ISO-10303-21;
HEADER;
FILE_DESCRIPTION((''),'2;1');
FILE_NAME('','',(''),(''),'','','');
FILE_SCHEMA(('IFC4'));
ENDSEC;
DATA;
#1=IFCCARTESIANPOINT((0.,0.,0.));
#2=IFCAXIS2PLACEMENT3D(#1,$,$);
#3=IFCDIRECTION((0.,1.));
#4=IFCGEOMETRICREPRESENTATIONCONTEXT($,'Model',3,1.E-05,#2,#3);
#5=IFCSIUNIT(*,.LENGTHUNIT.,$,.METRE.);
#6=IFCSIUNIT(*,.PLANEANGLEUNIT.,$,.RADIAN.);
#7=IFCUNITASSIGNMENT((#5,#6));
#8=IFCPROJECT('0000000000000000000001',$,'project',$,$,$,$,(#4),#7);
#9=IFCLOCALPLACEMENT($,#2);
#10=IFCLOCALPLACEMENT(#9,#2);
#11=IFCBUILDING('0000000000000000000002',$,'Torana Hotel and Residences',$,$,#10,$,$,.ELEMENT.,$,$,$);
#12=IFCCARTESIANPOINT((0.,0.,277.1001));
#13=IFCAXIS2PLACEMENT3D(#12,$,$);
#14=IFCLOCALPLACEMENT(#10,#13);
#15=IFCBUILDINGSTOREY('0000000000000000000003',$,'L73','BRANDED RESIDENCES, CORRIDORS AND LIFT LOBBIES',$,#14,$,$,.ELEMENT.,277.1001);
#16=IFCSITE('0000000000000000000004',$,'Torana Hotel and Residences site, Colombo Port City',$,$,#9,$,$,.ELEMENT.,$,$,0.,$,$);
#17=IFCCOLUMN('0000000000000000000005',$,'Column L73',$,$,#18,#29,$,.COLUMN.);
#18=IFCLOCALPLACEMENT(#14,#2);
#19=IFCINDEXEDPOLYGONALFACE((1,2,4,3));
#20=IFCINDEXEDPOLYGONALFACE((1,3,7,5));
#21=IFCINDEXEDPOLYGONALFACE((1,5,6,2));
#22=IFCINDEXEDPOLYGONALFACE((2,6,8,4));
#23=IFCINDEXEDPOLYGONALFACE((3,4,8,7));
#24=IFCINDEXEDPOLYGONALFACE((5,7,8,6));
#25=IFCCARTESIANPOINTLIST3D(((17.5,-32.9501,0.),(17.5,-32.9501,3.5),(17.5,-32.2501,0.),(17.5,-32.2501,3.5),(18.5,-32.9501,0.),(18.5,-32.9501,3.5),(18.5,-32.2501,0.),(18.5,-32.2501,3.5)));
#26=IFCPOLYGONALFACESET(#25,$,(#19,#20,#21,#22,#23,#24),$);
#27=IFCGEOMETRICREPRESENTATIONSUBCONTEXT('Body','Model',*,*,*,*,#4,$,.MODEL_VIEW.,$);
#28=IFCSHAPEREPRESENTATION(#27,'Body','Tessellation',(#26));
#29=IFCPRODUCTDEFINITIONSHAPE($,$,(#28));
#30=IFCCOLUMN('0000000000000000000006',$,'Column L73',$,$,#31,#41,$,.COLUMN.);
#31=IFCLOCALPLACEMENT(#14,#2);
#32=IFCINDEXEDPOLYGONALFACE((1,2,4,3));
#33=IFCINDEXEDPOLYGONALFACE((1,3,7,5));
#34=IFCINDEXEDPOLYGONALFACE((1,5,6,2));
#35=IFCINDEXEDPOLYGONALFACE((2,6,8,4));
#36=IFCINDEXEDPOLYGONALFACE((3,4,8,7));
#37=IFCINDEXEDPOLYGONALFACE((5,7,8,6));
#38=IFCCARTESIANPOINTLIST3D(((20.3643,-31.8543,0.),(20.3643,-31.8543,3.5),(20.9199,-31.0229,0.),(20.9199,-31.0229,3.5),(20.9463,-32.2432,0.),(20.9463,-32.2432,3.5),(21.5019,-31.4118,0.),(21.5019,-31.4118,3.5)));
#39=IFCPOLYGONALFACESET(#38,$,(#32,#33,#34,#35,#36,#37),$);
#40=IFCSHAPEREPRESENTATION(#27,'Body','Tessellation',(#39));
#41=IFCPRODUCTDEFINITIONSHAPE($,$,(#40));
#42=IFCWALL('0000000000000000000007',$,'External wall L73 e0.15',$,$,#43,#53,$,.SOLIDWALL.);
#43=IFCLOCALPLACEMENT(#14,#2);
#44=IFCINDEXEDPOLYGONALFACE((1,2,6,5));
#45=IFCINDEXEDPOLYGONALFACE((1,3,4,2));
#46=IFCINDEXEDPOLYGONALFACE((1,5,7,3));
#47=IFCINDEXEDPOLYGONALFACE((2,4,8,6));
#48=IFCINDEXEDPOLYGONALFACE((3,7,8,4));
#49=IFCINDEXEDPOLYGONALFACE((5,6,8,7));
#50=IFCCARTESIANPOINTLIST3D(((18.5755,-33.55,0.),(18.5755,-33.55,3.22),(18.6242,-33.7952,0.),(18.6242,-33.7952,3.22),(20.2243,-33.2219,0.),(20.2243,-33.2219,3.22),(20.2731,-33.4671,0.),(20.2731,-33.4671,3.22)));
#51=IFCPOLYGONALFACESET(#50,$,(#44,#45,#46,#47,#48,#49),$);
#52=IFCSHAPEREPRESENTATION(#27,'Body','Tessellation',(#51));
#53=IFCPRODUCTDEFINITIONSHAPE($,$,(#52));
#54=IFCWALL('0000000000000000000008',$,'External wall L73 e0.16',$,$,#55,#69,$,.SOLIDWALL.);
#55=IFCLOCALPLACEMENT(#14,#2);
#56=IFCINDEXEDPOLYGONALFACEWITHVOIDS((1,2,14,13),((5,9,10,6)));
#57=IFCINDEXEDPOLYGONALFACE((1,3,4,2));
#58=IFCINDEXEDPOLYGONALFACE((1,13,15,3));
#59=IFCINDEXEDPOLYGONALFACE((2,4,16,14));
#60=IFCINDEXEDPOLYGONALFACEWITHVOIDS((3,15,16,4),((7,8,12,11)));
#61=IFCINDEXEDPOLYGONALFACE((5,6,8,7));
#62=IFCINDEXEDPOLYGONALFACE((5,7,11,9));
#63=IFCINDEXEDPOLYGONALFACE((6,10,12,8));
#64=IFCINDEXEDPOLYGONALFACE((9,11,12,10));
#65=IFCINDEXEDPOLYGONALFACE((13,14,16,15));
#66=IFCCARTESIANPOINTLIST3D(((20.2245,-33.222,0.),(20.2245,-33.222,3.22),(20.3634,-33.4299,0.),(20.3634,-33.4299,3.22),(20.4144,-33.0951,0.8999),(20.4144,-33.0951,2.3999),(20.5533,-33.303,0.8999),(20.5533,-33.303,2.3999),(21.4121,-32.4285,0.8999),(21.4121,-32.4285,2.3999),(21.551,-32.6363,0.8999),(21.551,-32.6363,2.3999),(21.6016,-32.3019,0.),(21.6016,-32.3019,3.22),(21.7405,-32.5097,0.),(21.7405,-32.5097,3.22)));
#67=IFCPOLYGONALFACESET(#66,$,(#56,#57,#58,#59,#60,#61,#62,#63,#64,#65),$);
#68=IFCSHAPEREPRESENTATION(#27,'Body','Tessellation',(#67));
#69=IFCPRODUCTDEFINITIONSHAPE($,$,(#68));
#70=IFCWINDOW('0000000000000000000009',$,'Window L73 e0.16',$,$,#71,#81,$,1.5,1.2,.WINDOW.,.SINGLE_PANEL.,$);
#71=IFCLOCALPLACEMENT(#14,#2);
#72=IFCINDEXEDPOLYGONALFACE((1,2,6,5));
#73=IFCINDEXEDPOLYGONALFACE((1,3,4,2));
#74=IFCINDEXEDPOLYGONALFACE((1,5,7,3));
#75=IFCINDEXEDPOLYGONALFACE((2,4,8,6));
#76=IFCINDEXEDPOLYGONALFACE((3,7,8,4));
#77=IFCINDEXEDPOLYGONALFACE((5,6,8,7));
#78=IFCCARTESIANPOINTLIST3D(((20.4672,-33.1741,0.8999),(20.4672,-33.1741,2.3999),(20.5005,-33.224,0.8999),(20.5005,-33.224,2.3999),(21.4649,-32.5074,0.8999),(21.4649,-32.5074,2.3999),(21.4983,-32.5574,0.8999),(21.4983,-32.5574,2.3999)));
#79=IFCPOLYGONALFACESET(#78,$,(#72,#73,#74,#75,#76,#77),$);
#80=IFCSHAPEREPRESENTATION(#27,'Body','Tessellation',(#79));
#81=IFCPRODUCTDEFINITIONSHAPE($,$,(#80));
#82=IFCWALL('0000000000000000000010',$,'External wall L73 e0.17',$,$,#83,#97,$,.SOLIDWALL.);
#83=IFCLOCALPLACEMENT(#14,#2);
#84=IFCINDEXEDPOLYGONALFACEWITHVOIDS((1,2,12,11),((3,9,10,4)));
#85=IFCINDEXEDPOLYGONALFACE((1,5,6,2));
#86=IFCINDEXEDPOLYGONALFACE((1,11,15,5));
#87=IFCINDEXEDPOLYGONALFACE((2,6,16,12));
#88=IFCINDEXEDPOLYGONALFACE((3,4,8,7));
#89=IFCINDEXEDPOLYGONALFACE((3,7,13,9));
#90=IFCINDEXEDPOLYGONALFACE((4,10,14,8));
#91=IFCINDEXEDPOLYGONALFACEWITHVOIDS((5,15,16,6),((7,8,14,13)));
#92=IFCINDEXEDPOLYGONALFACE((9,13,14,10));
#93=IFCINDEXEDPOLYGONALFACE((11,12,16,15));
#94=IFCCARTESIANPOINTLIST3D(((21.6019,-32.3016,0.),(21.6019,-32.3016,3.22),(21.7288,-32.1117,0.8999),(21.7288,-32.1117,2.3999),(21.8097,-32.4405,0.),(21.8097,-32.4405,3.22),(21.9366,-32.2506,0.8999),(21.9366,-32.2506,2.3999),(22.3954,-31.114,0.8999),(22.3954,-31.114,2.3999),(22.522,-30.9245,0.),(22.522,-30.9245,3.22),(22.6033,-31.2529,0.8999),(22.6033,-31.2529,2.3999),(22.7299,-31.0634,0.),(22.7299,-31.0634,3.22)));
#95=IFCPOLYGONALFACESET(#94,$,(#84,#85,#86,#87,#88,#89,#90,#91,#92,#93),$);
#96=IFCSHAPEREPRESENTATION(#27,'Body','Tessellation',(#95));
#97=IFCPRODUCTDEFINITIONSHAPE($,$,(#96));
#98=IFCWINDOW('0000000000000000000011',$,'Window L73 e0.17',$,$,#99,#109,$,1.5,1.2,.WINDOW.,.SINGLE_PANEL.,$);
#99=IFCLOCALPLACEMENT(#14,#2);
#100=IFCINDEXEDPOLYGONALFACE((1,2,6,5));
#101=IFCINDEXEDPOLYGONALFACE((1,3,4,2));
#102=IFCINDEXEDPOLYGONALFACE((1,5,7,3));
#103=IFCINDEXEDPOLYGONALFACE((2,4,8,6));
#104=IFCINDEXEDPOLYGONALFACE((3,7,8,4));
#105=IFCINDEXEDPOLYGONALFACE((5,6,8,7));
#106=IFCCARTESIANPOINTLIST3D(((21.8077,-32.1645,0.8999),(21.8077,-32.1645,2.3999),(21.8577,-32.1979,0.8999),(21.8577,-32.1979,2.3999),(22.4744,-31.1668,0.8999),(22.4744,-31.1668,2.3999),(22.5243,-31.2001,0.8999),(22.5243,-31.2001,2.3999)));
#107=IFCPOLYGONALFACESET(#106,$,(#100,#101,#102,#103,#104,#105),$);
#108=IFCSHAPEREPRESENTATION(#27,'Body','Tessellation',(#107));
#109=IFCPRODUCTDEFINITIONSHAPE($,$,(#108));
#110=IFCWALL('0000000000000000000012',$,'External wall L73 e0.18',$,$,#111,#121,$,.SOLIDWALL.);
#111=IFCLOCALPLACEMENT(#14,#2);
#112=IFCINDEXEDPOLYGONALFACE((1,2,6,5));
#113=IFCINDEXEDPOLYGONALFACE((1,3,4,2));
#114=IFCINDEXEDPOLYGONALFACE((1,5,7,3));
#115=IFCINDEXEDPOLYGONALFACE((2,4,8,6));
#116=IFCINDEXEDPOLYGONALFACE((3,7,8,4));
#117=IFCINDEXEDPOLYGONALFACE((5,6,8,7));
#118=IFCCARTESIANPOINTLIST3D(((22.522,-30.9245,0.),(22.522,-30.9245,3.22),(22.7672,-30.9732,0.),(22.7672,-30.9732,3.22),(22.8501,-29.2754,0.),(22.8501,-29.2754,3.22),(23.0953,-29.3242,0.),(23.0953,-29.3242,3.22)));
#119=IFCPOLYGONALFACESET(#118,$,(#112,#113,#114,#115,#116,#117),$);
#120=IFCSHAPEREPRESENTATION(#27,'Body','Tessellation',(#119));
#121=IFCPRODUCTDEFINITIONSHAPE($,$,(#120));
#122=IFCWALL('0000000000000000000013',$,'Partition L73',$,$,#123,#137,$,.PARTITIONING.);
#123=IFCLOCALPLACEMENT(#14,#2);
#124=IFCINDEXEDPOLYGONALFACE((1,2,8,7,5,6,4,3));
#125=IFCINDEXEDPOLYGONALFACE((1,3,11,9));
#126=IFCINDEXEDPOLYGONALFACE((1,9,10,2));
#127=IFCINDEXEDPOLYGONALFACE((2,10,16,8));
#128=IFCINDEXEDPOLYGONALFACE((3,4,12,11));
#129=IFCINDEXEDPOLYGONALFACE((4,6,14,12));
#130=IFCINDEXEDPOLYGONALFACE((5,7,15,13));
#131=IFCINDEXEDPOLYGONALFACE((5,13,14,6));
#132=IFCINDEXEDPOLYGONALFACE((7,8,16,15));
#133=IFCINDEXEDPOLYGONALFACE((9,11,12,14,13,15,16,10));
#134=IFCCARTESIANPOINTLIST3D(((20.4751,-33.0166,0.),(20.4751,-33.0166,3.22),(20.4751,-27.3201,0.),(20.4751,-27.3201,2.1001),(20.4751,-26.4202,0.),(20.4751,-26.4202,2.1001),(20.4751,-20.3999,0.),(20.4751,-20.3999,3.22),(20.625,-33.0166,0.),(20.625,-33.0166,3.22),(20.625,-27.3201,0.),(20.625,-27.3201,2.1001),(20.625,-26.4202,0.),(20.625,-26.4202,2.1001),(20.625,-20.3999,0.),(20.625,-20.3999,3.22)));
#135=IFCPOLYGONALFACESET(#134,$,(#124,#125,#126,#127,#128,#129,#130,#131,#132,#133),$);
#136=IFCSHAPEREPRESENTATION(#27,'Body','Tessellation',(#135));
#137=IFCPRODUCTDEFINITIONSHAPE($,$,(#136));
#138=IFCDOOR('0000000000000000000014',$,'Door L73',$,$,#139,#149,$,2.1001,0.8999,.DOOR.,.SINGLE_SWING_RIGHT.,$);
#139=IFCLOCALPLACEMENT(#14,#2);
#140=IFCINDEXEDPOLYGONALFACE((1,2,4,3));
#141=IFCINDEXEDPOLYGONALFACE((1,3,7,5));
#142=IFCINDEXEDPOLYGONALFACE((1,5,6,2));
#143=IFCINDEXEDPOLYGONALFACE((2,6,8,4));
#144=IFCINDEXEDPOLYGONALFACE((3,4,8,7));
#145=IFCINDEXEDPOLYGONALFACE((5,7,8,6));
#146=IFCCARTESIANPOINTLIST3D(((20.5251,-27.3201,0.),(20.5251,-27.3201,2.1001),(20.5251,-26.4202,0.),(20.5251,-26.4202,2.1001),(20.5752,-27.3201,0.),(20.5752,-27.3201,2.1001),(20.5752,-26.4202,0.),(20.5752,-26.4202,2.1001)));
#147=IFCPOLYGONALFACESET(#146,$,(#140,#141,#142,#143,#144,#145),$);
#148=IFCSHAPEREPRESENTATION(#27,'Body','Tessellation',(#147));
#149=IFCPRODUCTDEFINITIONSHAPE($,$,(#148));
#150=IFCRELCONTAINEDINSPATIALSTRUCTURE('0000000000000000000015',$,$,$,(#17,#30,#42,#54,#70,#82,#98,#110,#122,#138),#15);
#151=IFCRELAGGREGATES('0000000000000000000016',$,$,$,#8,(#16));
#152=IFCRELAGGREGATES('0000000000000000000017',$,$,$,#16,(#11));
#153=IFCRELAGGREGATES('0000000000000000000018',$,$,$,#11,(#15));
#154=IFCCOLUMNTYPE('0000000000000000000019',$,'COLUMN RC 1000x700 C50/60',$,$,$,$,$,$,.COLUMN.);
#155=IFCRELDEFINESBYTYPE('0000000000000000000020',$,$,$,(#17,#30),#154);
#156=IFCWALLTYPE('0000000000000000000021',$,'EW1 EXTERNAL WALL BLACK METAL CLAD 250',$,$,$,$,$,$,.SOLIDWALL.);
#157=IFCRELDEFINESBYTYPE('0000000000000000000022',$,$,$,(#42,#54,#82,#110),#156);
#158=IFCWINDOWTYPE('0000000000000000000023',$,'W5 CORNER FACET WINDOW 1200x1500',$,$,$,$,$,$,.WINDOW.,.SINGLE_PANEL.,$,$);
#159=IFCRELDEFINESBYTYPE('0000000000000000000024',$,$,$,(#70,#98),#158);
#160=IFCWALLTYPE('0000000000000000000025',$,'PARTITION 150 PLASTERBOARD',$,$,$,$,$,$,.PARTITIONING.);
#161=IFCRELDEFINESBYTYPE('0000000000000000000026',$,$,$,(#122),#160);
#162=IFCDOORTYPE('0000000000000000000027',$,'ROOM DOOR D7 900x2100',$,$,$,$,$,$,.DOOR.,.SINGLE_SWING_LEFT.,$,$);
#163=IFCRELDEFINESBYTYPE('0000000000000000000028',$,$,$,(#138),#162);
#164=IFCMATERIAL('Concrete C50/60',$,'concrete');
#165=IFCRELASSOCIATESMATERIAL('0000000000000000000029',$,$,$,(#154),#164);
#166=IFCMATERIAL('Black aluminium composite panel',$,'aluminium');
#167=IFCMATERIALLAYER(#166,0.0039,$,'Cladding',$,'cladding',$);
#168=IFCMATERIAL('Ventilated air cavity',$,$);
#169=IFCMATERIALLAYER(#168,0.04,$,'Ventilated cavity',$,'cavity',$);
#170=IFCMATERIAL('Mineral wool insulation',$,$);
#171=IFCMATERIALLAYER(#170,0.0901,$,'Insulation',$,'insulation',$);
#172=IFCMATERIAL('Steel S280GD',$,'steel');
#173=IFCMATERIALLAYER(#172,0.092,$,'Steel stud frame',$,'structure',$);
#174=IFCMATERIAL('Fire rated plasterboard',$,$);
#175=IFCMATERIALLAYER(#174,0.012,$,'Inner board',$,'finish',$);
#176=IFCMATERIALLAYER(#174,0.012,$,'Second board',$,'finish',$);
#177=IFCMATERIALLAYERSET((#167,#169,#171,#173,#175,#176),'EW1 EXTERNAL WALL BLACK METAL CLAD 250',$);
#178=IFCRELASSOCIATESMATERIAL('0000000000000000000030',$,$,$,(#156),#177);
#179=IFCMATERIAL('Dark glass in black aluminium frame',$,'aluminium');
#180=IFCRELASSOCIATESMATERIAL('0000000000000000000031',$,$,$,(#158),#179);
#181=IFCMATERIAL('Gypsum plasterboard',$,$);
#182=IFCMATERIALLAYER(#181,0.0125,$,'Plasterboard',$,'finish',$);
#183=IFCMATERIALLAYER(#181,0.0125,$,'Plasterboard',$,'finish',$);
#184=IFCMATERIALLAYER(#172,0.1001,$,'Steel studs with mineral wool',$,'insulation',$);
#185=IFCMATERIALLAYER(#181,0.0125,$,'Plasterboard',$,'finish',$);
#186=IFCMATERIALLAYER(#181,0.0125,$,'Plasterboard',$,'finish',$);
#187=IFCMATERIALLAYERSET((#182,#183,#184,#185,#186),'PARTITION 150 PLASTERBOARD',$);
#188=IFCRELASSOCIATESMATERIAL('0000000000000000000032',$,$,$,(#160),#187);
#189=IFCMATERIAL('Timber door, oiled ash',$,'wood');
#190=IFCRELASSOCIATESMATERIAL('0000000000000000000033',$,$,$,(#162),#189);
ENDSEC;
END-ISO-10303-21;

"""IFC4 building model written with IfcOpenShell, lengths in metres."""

from ifc_helpers import new_model, si_unit, direction, frame, frame_2d, origin, origin_2d, place, context, subcontext, project, spatial, rectangle, extrude, material, layer, layer_set, material_profile, profile_set, type_object, element, fill, save


model = new_model("IFC4")

# Units and contexts
model_context = context("Model", 3, precision=1e-05, world=origin(), true_north=direction((0.0, 1.0)))
body_context = subcontext(model_context, "Body", "Model", "MODEL_VIEW")
ifc_project = project(units=[si_unit("LENGTHUNIT", "METRE"), si_unit("PLANEANGLEUNIT", "RADIAN")], contexts=[model_context])

# Site, building, storey
site_placement = place(None, origin())
site = spatial("IfcSite", under=ifc_project, at=site_placement, Name="Torana Hotel and Residences site, Colombo Port City", CompositionType="ELEMENT", RefElevation=0.0)
building_placement = place(site_placement, origin())
building = spatial("IfcBuilding", under=site, at=building_placement, Name="Torana Hotel and Residences", CompositionType="ELEMENT")
storey_placement = place(building_placement, frame((0.0, 0.0, 277.1001)))
storey = spatial("IfcBuildingStorey", under=building, at=storey_placement, Name="L73", Description="BRANDED RESIDENCES, CORRIDORS AND LIFT LOBBIES", CompositionType="ELEMENT", Elevation=277.1001)

# Columns
ifc_material_1 = material(Name="Concrete C50/60", Category="concrete")
ifc_material_profile = material_profile(ifc_material_1, rectangle(XDim=1.0, YDim=0.7, at=origin_2d()), Name="RC 1000x700")
ifc_profile_set = profile_set([ifc_material_profile], Name="Concrete C50/60")
column_type = type_object("IfcColumnType", Name="COLUMN RC 1000x700 C50/60", PredefinedType="COLUMN", material=ifc_profile_set)
for number, where, z_axis, x_axis, name in (
    (1, (18.0, -32.6001, 0.0), (0.0, 0.0, 1.0), (1.0, 0.0, 0.0), "Column L73"),
    (2, (20.9331, -31.6331, 0.0), (0.0, 0.0, 1.0), (0.555585, 0.83146, 0.0), "Column L73"),
):
    element("IfcColumn", number, at=place(storey_placement, frame(where, z_axis=z_axis, x_axis=x_axis)), inside=storey, type_object=column_type, Name=name, PredefinedType="COLUMN", context=body_context, shape_type="SweptSolid", body=[
        extrude(rectangle(XDim=1.0, YDim=0.7, at=origin_2d()), origin(), (0.0, 0.0, 1.0), 3.5),
    ])

# Wall
ifc_material_2 = material(Name="Black aluminium composite panel", Category="aluminium")
ifc_layer_1 = layer(ifc_material_2, 0.0039, Name="Cladding", Category="cladding")
ifc_material_3 = material(Name="Ventilated air cavity")
ifc_layer_2 = layer(ifc_material_3, 0.04, Name="Ventilated cavity", Category="cavity")
ifc_material_4 = material(Name="Mineral wool insulation")
ifc_layer_3 = layer(ifc_material_4, 0.0901, Name="Insulation", Category="insulation")
ifc_material_5 = material(Name="Steel S280GD", Category="steel")
ifc_layer_4 = layer(ifc_material_5, 0.092, Name="Steel stud frame", Category="structure")
ifc_material_6 = material(Name="Fire rated plasterboard")
ifc_layer_5 = layer(ifc_material_6, 0.012, Name="Inner board", Category="finish")
ifc_layer_6 = layer(ifc_material_6, 0.012, Name="Second board", Category="finish")
ifc_layer_set_1 = layer_set([ifc_layer_1, ifc_layer_2, ifc_layer_3, ifc_layer_4, ifc_layer_5, ifc_layer_6], Name="EW1 EXTERNAL WALL BLACK METAL CLAD 250")
wall_type_1 = type_object("IfcWallType", Name="EW1 EXTERNAL WALL BLACK METAL CLAD 250", PredefinedType="SOLIDWALL", material=ifc_layer_set_1)
wall_1_placement = place(storey_placement, frame((18.5999, -33.6726, 0.0), z_axis=(0.0, 0.0, 1.0), x_axis=(0.98077, 0.195167, 0.0)))
element("IfcWall", 3, at=wall_1_placement, inside=storey, type_object=wall_type_1, Name="External wall L73 e0.15", PredefinedType="SOLIDWALL", context=body_context, shape_type="SweptSolid", body=[
    extrude(rectangle(XDim=1.6812, YDim=0.25, at=frame_2d((0.8406, 0.0))), origin(), (0.0, 0.0, 1.0), 3.22),
])

# Walls, openings, windows
wall_2_placement = place(storey_placement, frame((20.2939, -33.3259, 0.0), z_axis=(0.0, 0.0, 1.0), x_axis=(0.831483, 0.55555, 0.0)))
wall_2 = element("IfcWall", 4, at=wall_2_placement, inside=storey, type_object=wall_type_1, Name="External wall L73 e0.16", PredefinedType="SOLIDWALL", context=body_context, shape_type="SweptSolid", body=[
    extrude(rectangle(XDim=1.6562, YDim=0.25, at=frame_2d((0.8281, 0.0))), origin(), (0.0, 0.0, 1.0), 3.22),
])
opening_1_placement = place(wall_2_placement, frame((0.2283, 0.0, 0.8999)))
opening_1 = element("IfcOpeningElement", 5, at=opening_1_placement, cuts=wall_2, PredefinedType="OPENING", context=body_context, shape_type="SweptSolid", body=[
    extrude(rectangle(XDim=1.2, YDim=1.5, at=frame_2d((0.6001, 0.75))), frame((0.0, 0.135, 0.0), z_axis=(0.0, -1.0, 0.0), x_axis=(1.0, 0.0, 0.0)), (0.0, 0.0, 1.0), 0.27),
])
ifc_material_7 = material(Name="Dark glass in black aluminium frame", Category="aluminium")
window_type_1 = type_object("IfcWindowType", Name="W5 CORNER FACET WINDOW 1200x1500", PartitioningType="SINGLE_PANEL", PredefinedType="WINDOW", material=ifc_material_7)
window_1_placement = place(opening_1_placement, origin())
window_1 = element("IfcWindow", 6, at=window_1_placement, inside=storey, type_object=window_type_1, Name="Window L73 e0.16", OverallHeight=1.5, OverallWidth=1.2, PartitioningType="SINGLE_PANEL", PredefinedType="WINDOW", context=body_context, shape_type="SweptSolid", body=[
    extrude(rectangle(XDim=1.2, YDim=1.5, at=frame_2d((0.6001, 0.75))), frame((0.0, 0.03, 0.0), z_axis=(0.0, -1.0, 0.0), x_axis=(1.0, 0.0, 0.0)), (0.0, 0.0, 1.0), 0.0601),
])
fill(opening_1, window_1)
wall_3_placement = place(storey_placement, frame((21.7058, -32.3711, 0.0), z_axis=(0.0, 0.0, 1.0), x_axis=(0.55555, 0.831483, 0.0)))
wall_3 = element("IfcWall", 7, at=wall_3_placement, inside=storey, type_object=wall_type_1, Name="External wall L73 e0.17", PredefinedType="SOLIDWALL", context=body_context, shape_type="SweptSolid", body=[
    extrude(rectangle(XDim=1.6562, YDim=0.25, at=frame_2d((0.8281, 0.0))), origin(), (0.0, 0.0, 1.0), 3.22),
])
opening_2_placement = place(wall_3_placement, frame((0.2283, 0.0, 0.8999)))
opening_2 = element("IfcOpeningElement", 8, at=opening_2_placement, cuts=wall_3, PredefinedType="OPENING", context=body_context, shape_type="SweptSolid", body=[
    extrude(rectangle(XDim=1.2, YDim=1.5, at=frame_2d((0.6001, 0.75))), frame((0.0, 0.135, 0.0), z_axis=(0.0, -1.0, 0.0), x_axis=(1.0, 0.0, 0.0)), (0.0, 0.0, 1.0), 0.27),
])
window_2_placement = place(opening_2_placement, origin())
window_2 = element("IfcWindow", 9, at=window_2_placement, inside=storey, type_object=window_type_1, Name="Window L73 e0.17", OverallHeight=1.5, OverallWidth=1.2, PartitioningType="SINGLE_PANEL", PredefinedType="WINDOW", context=body_context, shape_type="SweptSolid", body=[
    extrude(rectangle(XDim=1.2, YDim=1.5, at=frame_2d((0.6001, 0.75))), frame((0.0, 0.03, 0.0), z_axis=(0.0, -1.0, 0.0), x_axis=(1.0, 0.0, 0.0)), (0.0, 0.0, 1.0), 0.0601),
])
fill(opening_2, window_2)

# Wall
wall_4_placement = place(storey_placement, frame((22.6445, -30.949, 0.0), z_axis=(0.0, 0.0, 1.0), x_axis=(0.195139, 0.980776, 0.0)))
element("IfcWall", 10, at=wall_4_placement, inside=storey, type_object=wall_type_1, Name="External wall L73 e0.18", PredefinedType="SOLIDWALL", context=body_context, shape_type="SweptSolid", body=[
    extrude(rectangle(XDim=1.6814, YDim=0.25, at=frame_2d((0.8408, 0.0))), origin(), (0.0, 0.0, 1.0), 3.22),
])

# Wall, opening, door
ifc_material_8 = material(Name="Gypsum plasterboard")
ifc_layer_7 = layer(ifc_material_8, 0.0125, Name="Plasterboard", Category="finish")
ifc_layer_8 = layer(ifc_material_8, 0.0125, Name="Plasterboard", Category="finish")
ifc_layer_9 = layer(ifc_material_5, 0.1001, Name="Steel studs with mineral wool", Category="insulation")
ifc_layer_10 = layer(ifc_material_8, 0.0125, Name="Plasterboard", Category="finish")
ifc_layer_11 = layer(ifc_material_8, 0.0125, Name="Plasterboard", Category="finish")
ifc_layer_set_2 = layer_set([ifc_layer_7, ifc_layer_8, ifc_layer_9, ifc_layer_10, ifc_layer_11], Name="PARTITION 150 PLASTERBOARD")
wall_type_2 = type_object("IfcWallType", Name="PARTITION 150 PLASTERBOARD", PredefinedType="PARTITIONING", material=ifc_layer_set_2)
wall_5_placement = place(storey_placement, frame((20.55, -33.0166, 0.0), z_axis=(0.0, 0.0, 1.0), x_axis=(0.0, 1.0, 0.0)))
wall_5 = element("IfcWall", 11, at=wall_5_placement, inside=storey, type_object=wall_type_2, Name="Partition L73", PredefinedType="PARTITIONING", context=body_context, shape_type="SweptSolid", body=[
    extrude(rectangle(XDim=12.6167, YDim=0.1499, at=frame_2d((6.3083, 0.0))), origin(), (0.0, 0.0, 1.0), 3.22),
])
opening_3_placement = place(wall_5_placement, frame((5.6965, 0.0, 0.0)))
opening_3 = element("IfcOpeningElement", 12, at=opening_3_placement, cuts=wall_5, PredefinedType="OPENING", context=body_context, shape_type="SweptSolid", body=[
    extrude(rectangle(XDim=0.8999, YDim=2.1001, at=frame_2d((0.45, 1.05))), frame((0.0, 0.085, 0.0), z_axis=(0.0, -1.0, 0.0), x_axis=(1.0, 0.0, 0.0)), (0.0, 0.0, 1.0), 0.1699),
])
ifc_material_9 = material(Name="Timber door, oiled ash", Category="wood")
door_type_1 = type_object("IfcDoorType", Name="ROOM DOOR D7 900x2100", OperationType="SINGLE_SWING_LEFT", PredefinedType="DOOR", material=ifc_material_9)
door_1_placement = place(opening_3_placement, origin())
door_1 = element("IfcDoor", 13, at=door_1_placement, inside=storey, type_object=door_type_1, Name="Door L73", OperationType="SINGLE_SWING_RIGHT", OverallHeight=2.1001, OverallWidth=0.8999, PredefinedType="DOOR", context=body_context, shape_type="SweptSolid", body=[
    extrude(rectangle(XDim=0.8999, YDim=2.1001, at=frame_2d((0.45, 1.05))), frame((0.0, 0.0249, 0.0), z_axis=(0.0, -1.0, 0.0), x_axis=(1.0, 0.0, 0.0)), (0.0, 0.0, 1.0), 0.05),
])
fill(opening_3, door_1)

save(model, "model.ifc")
